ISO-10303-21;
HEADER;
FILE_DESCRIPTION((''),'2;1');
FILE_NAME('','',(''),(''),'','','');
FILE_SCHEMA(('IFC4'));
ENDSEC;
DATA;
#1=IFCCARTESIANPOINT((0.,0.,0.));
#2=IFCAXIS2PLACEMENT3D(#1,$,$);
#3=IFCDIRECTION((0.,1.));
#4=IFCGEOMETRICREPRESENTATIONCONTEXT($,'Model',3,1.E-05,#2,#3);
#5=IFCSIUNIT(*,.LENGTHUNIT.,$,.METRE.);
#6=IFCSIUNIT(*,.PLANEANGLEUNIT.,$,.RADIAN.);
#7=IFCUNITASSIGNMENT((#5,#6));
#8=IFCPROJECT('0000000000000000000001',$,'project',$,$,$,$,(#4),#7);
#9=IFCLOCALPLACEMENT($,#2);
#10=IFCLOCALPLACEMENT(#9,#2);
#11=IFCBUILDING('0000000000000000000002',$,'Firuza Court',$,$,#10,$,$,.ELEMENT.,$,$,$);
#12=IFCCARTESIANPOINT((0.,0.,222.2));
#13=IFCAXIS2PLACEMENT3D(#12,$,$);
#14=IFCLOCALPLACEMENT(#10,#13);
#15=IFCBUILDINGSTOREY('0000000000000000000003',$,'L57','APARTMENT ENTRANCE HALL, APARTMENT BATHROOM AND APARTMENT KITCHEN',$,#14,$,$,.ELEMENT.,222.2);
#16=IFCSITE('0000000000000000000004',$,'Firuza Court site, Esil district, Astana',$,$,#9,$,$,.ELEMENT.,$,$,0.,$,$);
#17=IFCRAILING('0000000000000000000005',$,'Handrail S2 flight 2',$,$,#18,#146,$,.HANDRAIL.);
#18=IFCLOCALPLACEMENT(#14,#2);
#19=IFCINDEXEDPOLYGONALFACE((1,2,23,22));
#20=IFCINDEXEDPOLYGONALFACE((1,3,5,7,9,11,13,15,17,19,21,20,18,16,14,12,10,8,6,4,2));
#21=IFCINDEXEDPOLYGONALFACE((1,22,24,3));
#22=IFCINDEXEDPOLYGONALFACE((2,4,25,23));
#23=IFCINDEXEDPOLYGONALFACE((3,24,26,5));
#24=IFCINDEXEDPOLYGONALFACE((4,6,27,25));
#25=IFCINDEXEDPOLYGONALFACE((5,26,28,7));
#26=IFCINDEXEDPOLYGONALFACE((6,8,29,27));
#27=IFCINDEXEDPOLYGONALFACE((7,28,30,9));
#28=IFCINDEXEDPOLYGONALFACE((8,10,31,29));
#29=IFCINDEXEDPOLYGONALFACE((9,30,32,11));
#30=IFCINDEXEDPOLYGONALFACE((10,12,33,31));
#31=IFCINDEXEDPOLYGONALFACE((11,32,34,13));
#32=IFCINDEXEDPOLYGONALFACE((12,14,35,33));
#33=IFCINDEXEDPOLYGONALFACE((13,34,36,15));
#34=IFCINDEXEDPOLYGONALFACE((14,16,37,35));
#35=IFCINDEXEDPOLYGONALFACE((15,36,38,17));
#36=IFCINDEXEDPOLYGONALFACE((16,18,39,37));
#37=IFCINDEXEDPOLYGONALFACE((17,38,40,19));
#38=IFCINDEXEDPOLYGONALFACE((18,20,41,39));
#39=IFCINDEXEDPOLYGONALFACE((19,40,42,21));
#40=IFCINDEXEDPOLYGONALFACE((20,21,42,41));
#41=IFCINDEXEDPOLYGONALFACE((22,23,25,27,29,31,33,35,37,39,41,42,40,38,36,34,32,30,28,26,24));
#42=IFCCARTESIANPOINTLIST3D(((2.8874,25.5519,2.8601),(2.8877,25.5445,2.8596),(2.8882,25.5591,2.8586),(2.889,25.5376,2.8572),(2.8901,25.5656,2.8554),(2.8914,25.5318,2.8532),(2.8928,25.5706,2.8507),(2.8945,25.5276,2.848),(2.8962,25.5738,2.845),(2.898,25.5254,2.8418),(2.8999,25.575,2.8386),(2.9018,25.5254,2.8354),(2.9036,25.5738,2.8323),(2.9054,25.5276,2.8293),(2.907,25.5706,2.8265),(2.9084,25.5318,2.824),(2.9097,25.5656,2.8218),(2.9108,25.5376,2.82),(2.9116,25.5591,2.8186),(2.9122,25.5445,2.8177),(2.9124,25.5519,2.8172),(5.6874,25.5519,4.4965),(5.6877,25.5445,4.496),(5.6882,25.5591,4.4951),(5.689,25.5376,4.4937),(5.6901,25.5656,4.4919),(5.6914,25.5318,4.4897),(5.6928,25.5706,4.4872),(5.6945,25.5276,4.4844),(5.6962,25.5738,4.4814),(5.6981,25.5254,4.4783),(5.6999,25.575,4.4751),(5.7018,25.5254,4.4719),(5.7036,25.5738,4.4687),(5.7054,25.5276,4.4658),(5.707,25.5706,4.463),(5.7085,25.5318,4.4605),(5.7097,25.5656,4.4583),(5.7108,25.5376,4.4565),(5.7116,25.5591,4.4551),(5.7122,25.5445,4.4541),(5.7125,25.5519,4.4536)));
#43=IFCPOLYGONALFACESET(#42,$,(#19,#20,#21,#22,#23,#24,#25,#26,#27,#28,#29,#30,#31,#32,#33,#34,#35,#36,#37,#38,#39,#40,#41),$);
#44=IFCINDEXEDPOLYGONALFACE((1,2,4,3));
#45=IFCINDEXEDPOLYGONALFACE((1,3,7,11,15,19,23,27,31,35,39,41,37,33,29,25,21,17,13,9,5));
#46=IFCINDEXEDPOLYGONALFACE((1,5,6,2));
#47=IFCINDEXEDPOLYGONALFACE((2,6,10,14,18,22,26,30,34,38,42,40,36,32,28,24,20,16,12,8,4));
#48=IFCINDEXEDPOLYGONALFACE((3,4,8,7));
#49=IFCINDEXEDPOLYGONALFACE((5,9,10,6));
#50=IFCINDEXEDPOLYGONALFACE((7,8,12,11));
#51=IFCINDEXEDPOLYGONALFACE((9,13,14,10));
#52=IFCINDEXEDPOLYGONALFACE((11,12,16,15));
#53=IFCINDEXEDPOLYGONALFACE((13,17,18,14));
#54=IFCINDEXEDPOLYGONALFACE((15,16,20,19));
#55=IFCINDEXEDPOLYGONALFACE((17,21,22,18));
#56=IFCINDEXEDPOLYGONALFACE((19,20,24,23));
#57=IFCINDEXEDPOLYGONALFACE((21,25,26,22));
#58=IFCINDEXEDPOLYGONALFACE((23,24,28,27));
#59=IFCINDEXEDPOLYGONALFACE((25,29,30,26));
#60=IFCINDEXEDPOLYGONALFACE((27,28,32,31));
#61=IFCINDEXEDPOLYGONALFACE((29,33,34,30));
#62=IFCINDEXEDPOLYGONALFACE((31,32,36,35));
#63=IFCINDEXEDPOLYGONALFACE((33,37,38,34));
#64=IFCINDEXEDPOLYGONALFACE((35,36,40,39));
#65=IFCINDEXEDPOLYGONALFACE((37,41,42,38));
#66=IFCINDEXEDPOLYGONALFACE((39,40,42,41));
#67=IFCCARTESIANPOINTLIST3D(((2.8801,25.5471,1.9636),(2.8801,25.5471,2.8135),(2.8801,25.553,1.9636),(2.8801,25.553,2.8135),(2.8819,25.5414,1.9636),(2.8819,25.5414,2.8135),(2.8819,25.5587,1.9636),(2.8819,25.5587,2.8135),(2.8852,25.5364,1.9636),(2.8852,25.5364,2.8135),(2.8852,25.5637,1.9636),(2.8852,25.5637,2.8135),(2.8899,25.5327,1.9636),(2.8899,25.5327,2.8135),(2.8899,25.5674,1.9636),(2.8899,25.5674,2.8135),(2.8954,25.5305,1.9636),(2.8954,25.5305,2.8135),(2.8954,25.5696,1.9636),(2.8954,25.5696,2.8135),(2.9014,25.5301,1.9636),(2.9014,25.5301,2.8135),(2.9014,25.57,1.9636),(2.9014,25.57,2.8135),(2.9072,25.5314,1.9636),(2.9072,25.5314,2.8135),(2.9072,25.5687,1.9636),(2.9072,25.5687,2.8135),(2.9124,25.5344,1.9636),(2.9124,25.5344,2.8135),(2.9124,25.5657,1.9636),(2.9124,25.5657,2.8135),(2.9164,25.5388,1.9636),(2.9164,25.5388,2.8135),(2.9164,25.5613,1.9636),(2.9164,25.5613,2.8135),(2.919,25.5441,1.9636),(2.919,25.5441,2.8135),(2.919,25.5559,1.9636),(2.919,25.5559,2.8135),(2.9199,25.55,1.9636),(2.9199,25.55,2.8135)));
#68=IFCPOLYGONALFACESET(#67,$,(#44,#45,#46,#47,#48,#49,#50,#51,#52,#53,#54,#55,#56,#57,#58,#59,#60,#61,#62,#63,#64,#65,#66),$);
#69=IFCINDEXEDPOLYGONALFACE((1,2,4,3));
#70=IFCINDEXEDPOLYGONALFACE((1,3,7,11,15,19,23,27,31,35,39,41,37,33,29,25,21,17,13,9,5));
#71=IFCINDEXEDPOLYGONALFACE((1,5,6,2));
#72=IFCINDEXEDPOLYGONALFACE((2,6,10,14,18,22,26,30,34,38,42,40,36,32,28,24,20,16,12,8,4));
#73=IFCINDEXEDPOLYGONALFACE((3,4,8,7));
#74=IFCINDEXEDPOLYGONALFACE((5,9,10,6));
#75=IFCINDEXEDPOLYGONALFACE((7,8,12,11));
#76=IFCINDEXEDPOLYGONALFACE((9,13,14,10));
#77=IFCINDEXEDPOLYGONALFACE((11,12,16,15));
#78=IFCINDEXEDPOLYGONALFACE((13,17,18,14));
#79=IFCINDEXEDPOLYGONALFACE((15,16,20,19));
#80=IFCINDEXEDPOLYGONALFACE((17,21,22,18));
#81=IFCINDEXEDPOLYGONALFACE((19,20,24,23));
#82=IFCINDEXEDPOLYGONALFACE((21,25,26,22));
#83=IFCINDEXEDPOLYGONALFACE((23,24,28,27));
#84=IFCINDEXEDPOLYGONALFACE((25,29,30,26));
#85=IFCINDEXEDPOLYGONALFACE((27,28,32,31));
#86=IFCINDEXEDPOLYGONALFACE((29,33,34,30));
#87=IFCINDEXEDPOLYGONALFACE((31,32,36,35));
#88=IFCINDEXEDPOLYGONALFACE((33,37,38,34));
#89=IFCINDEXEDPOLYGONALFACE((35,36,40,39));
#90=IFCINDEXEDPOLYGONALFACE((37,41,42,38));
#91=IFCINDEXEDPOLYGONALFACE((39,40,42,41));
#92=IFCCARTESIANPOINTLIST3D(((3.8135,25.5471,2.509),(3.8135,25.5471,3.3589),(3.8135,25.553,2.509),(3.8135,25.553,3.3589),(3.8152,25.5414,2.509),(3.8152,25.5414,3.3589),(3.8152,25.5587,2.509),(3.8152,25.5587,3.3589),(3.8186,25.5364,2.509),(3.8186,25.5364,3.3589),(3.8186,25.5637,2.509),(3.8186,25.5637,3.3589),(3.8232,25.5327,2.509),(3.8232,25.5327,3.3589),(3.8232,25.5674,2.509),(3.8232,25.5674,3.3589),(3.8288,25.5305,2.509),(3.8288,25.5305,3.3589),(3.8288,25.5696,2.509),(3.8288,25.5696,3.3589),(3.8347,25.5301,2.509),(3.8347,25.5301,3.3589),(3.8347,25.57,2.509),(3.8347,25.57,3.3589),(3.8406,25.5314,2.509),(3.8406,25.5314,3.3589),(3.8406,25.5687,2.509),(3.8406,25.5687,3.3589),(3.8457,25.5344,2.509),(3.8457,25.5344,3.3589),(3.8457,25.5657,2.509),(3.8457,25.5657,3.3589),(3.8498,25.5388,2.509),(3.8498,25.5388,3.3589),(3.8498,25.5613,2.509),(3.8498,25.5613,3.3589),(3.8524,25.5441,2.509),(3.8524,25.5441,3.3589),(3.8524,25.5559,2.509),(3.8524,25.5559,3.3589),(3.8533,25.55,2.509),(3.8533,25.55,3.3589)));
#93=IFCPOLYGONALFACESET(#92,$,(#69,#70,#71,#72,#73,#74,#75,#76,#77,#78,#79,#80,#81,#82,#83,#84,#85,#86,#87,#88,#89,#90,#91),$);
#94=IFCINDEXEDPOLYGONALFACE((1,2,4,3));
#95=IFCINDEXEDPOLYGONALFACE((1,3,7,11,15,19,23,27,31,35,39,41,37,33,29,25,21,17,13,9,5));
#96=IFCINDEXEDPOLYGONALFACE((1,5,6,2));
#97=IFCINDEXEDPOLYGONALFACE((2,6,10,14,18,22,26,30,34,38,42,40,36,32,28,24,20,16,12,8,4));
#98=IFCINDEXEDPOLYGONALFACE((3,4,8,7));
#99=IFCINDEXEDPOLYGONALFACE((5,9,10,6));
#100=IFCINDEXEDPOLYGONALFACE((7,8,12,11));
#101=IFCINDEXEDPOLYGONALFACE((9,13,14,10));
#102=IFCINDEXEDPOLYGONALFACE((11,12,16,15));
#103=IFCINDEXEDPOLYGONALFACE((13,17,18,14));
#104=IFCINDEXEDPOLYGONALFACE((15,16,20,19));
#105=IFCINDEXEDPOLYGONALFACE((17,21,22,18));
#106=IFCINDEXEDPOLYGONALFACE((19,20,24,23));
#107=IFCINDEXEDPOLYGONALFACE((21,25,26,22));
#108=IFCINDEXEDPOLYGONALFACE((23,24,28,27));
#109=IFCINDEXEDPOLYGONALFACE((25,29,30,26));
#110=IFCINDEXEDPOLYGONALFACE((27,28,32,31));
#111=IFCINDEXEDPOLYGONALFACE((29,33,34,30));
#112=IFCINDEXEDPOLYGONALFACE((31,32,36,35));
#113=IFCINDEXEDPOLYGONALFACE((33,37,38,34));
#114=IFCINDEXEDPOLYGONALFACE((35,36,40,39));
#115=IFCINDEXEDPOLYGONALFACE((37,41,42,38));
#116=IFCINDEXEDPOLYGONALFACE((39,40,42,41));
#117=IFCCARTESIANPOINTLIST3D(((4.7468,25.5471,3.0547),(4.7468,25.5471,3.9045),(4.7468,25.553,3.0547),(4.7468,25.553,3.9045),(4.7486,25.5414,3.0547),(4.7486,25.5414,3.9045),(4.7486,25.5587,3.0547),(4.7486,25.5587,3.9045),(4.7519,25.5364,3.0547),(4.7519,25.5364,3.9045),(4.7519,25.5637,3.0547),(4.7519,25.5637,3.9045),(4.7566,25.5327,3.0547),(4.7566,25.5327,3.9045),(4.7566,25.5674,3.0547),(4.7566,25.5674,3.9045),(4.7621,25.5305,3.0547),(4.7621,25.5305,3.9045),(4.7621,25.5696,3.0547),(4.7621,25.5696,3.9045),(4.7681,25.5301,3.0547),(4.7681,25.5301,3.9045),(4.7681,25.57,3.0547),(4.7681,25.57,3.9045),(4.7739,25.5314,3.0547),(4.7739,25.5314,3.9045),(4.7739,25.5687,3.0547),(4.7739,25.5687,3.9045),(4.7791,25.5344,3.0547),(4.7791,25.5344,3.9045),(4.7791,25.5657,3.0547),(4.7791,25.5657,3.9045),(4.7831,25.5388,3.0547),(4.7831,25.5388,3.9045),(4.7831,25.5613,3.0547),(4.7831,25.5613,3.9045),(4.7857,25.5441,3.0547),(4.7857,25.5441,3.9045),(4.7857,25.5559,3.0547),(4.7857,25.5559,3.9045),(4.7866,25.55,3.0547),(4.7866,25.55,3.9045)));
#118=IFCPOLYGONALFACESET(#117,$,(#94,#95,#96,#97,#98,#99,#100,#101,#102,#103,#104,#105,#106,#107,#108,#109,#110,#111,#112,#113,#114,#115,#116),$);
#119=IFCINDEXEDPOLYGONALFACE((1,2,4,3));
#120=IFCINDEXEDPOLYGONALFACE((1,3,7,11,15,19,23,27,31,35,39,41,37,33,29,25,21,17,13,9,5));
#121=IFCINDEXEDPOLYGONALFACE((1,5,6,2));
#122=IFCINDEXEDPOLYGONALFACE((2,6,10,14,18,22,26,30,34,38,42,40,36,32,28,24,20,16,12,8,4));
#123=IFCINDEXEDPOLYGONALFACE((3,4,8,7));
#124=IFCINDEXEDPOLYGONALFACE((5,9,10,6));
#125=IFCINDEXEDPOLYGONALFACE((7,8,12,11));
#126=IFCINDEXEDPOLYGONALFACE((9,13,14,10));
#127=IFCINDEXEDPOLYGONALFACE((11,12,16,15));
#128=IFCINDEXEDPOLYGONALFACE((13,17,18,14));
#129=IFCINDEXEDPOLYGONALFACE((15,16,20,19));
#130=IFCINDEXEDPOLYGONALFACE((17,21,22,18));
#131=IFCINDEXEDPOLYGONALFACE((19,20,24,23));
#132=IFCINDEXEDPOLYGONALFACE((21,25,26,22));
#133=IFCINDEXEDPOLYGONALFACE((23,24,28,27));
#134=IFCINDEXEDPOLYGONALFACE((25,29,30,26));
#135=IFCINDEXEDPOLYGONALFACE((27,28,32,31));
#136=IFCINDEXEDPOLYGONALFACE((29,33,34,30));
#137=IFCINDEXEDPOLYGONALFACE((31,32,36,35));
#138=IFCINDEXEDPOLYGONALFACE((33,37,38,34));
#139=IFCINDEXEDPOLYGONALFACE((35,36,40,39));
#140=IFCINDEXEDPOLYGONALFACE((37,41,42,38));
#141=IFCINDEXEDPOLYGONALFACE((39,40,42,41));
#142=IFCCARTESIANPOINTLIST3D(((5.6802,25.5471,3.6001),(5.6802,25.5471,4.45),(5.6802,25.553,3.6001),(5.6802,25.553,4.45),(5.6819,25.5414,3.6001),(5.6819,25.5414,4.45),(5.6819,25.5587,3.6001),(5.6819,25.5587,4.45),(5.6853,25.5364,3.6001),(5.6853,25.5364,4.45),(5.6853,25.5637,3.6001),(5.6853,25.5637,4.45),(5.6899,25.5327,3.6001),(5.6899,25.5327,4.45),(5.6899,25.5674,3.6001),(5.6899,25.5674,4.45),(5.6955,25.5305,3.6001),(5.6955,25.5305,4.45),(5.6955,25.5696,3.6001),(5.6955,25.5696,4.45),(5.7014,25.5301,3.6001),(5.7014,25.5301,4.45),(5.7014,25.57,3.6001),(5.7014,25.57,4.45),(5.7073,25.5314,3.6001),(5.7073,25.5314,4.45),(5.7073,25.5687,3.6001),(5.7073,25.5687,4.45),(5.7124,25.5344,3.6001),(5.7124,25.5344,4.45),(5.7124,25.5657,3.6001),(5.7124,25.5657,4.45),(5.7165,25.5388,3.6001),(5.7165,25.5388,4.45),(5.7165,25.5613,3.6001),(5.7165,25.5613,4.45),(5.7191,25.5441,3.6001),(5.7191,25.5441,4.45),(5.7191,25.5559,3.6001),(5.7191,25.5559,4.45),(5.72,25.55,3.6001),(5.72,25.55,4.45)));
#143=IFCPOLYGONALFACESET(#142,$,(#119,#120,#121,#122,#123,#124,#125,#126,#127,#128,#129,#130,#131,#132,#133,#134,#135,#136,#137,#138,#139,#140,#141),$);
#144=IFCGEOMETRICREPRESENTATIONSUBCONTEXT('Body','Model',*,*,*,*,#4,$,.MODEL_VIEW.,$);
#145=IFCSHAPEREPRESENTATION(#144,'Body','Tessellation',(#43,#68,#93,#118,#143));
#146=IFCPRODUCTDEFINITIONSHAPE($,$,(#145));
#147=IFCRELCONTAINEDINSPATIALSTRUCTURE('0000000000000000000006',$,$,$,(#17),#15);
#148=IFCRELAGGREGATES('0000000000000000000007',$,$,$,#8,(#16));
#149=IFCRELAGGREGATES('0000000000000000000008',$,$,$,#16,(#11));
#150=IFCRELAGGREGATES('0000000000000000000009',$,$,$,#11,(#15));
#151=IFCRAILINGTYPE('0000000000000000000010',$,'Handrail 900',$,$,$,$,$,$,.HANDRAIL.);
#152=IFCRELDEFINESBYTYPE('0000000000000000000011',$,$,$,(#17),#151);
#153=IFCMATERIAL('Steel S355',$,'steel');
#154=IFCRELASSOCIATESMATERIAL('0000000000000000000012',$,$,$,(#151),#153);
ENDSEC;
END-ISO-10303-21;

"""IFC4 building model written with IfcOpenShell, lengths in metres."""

from ifc_helpers import new_model, si_unit, direction, frame, origin, origin_2d, place, context, subcontext, project, spatial, circle, extrude, material, type_object, element, save


model = new_model("IFC4")

# Units and contexts
model_context = context("Model", 3, precision=1e-05, world=origin(), true_north=direction((0.0, 1.0)))
body_context = subcontext(model_context, "Body", "Model", "MODEL_VIEW")
ifc_project = project(units=[si_unit("LENGTHUNIT", "METRE"), si_unit("PLANEANGLEUNIT", "RADIAN")], contexts=[model_context])

# Site, building, storey
site_placement = place(None, origin())
site = spatial("IfcSite", under=ifc_project, at=site_placement, Name="Firuza Court site, Esil district, Astana", CompositionType="ELEMENT", RefElevation=0.0)
building_placement = place(site_placement, origin())
building = spatial("IfcBuilding", under=site, at=building_placement, Name="Firuza Court", CompositionType="ELEMENT")
storey_placement = place(building_placement, frame((0.0, 0.0, 222.2)))
storey = spatial("IfcBuildingStorey", under=building, at=storey_placement, Name="L57", Description="APARTMENT ENTRANCE HALL, APARTMENT BATHROOM AND APARTMENT KITCHEN", CompositionType="ELEMENT", Elevation=222.2)

# Railing
ifc_material_1 = material(Name="Steel S355", Category="steel")
railing_type = type_object("IfcRailingType", Name="Handrail 900", PredefinedType="HANDRAIL", material=ifc_material_1)
railing_placement = place(storey_placement, frame((2.8999, 25.55, 1.9636)))
element("IfcRailing", 1, at=railing_placement, inside=storey, type_object=railing_type, Name="Handrail S2 flight 2", PredefinedType="HANDRAIL", context=body_context, shape_type="SweptSolid", body=[
    extrude(circle(Radius=0.0249, at=origin_2d()), frame((0.0, 0.0, 0.875), z_axis=(0.863361, 0.0, 0.504587), x_axis=(0.0, 1.0, 0.0)), (0.0, 0.0, 1.0), 3.2432),
    extrude(circle(Radius=0.02, at=origin_2d()), origin(), (0.0, 0.0, 1.0), 0.8499),
    extrude(circle(Radius=0.02, at=origin_2d()), frame((0.9333, 0.0, 0.5454)), (0.0, 0.0, 1.0), 0.8499),
    extrude(circle(Radius=0.02, at=origin_2d()), frame((1.8667, 0.0, 1.0911)), (0.0, 0.0, 1.0), 0.8499),
    extrude(circle(Radius=0.02, at=origin_2d()), frame((2.8, 0.0, 1.6365)), (0.0, 0.0, 1.0), 0.8499),
])

save(model, "model.ifc")
